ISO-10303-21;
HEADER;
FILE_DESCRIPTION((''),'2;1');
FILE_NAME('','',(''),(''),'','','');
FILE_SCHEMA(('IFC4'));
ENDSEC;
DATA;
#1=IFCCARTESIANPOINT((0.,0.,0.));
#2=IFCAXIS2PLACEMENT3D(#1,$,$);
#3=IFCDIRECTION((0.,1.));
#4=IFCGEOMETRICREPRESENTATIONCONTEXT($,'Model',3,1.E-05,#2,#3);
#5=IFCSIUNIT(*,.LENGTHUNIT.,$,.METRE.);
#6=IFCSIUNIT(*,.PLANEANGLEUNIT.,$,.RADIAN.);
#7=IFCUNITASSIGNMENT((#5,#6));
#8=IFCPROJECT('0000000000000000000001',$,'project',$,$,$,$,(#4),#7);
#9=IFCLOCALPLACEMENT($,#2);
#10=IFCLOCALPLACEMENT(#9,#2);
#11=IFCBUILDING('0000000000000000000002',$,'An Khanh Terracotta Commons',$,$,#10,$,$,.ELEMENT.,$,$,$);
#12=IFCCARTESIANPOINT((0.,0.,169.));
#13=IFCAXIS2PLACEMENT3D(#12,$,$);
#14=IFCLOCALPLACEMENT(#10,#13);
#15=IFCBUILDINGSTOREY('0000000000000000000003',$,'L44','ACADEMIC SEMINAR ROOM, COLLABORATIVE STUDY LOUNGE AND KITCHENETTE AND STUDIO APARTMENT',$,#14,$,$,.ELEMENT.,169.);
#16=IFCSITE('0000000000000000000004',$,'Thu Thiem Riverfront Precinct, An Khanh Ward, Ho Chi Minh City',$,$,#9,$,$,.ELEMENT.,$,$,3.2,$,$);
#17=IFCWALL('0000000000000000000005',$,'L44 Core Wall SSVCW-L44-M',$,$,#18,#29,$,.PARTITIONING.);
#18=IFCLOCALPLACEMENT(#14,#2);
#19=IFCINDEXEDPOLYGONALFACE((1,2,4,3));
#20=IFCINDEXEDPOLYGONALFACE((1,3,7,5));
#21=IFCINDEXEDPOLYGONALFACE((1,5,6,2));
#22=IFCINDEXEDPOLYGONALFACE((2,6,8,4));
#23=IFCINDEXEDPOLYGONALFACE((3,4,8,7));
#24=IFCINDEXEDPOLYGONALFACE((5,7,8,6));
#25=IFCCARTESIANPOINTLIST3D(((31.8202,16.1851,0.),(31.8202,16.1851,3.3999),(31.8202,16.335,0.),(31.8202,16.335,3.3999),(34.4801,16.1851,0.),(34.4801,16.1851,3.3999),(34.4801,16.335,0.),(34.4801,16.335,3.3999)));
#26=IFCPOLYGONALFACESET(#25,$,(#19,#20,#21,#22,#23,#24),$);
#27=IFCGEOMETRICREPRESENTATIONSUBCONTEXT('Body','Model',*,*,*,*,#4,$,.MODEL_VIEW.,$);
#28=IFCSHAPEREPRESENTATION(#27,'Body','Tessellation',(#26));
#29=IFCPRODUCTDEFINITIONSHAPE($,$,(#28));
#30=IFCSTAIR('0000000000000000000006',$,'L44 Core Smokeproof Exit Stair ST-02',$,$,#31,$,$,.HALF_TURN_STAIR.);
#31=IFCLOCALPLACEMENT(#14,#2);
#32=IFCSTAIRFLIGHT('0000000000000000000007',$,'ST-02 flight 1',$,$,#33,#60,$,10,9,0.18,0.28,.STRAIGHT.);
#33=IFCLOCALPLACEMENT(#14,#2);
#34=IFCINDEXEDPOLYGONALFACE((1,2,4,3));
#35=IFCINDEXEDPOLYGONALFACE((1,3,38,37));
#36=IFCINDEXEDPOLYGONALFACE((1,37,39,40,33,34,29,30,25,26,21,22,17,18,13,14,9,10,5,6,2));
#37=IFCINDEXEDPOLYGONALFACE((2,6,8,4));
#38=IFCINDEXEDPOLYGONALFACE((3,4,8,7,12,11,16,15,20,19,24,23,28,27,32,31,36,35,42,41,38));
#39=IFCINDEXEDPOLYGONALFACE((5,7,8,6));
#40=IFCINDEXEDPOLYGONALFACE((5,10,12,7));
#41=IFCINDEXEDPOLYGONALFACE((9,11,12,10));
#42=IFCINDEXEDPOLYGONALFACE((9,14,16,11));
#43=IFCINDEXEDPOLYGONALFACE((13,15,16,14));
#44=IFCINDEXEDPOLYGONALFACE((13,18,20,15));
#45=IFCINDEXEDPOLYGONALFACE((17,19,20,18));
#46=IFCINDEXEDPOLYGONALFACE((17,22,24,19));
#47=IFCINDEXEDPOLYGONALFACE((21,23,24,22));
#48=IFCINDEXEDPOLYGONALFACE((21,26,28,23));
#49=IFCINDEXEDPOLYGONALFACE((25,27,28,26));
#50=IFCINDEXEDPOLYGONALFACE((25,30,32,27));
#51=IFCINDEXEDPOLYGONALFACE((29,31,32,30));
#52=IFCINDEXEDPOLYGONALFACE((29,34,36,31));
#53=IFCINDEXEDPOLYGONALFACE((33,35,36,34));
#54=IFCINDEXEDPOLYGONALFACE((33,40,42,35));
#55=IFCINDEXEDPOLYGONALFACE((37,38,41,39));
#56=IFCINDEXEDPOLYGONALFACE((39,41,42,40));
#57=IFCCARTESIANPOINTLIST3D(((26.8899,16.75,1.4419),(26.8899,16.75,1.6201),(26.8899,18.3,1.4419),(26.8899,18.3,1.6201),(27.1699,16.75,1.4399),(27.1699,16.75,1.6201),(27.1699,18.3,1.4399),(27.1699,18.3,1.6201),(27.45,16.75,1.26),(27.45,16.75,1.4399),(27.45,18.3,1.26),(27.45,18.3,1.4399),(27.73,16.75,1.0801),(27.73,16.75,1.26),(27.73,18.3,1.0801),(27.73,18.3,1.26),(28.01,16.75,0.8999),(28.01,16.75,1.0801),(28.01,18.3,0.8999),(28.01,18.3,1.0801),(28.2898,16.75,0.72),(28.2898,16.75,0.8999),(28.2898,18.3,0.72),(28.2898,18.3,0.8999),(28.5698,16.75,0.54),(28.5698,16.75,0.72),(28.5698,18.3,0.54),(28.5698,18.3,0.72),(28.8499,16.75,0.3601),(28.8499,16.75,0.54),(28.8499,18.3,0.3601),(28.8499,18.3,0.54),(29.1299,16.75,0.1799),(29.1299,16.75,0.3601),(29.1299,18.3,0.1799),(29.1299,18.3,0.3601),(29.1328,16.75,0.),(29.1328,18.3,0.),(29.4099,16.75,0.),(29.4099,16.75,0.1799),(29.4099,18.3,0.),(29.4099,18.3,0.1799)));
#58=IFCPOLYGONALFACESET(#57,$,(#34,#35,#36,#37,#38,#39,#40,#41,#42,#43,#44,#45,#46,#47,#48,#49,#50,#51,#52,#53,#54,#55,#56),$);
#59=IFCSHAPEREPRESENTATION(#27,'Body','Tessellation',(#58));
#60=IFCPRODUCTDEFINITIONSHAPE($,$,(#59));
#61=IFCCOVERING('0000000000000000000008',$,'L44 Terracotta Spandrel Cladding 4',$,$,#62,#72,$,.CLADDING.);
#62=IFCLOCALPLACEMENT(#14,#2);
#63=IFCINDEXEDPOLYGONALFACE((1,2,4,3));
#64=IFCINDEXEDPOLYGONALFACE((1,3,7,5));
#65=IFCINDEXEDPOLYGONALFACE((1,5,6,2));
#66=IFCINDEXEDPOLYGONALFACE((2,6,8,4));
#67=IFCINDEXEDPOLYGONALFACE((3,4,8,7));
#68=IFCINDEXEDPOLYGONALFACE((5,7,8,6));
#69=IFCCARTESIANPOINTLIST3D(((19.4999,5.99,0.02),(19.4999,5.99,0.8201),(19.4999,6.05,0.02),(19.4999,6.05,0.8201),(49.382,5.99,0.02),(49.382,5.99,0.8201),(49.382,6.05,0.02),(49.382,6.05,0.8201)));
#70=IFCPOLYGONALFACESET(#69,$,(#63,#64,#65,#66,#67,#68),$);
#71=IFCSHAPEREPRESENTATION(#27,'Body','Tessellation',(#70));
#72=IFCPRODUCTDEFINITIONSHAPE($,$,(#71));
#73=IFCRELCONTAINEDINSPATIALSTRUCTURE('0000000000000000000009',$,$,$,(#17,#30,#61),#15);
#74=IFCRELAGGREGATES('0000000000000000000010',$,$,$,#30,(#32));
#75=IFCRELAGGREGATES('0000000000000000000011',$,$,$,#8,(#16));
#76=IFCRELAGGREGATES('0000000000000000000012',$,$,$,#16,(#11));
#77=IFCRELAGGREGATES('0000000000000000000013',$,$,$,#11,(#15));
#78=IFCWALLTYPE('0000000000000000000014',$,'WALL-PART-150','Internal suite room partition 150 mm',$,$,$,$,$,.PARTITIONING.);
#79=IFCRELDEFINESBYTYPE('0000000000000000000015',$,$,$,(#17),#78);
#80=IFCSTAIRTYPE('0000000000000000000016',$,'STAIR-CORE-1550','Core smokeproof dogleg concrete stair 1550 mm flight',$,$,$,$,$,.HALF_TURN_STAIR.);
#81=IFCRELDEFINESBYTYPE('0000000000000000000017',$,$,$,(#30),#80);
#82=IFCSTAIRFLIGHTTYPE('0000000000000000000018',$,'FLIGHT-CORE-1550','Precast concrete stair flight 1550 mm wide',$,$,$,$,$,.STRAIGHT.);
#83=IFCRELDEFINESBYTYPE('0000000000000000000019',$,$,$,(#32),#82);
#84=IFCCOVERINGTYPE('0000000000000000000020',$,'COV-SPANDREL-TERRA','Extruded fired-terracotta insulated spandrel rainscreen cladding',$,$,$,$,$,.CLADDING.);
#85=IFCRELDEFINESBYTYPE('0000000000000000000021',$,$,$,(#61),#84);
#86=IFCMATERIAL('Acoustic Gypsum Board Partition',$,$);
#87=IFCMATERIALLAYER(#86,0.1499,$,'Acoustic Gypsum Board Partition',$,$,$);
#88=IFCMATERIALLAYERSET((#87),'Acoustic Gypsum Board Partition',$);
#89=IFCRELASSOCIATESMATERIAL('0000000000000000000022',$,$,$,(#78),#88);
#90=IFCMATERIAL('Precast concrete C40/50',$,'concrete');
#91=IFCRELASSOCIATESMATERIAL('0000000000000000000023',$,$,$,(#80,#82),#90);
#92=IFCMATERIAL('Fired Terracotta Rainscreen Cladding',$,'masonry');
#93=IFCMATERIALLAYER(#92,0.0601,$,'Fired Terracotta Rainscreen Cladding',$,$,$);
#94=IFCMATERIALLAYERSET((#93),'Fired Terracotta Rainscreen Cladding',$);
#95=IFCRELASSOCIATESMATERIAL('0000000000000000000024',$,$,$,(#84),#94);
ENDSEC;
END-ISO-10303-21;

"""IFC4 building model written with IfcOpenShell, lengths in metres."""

from ifc_helpers import new_model, si_unit, direction, frame, frame_2d, origin, origin_2d, place, context, subcontext, project, spatial, polyline, rectangle, outline, extrude, material, layer, layer_set, type_object, element, aggregate, save


model = new_model("IFC4")

# Units and contexts
model_context = context("Model", 3, precision=1e-05, world=origin(), true_north=direction((0.0, 1.0)))
body_context = subcontext(model_context, "Body", "Model", "MODEL_VIEW")
ifc_project = project(units=[si_unit("LENGTHUNIT", "METRE"), si_unit("PLANEANGLEUNIT", "RADIAN")], contexts=[model_context])

# Site, building, storey
site_placement = place(None, origin())
site = spatial("IfcSite", under=ifc_project, at=site_placement, Name="Thu Thiem Riverfront Precinct, An Khanh Ward, Ho Chi Minh City", CompositionType="ELEMENT", RefElevation=3.2)
building_placement = place(site_placement, origin())
building = spatial("IfcBuilding", under=site, at=building_placement, Name="An Khanh Terracotta Commons", CompositionType="ELEMENT")
storey_placement = place(building_placement, frame((0.0, 0.0, 169.0)))
storey = spatial("IfcBuildingStorey", under=building, at=storey_placement, Name="L44", Description="ACADEMIC SEMINAR ROOM, COLLABORATIVE STUDY LOUNGE AND KITCHENETTE AND STUDIO APARTMENT", CompositionType="ELEMENT", Elevation=169.0)

# Wall
ifc_material_1 = material(Name="Acoustic Gypsum Board Partition")
ifc_layer_1 = layer(ifc_material_1, 0.1499, Name="Acoustic Gypsum Board Partition")
ifc_layer_set_1 = layer_set([ifc_layer_1], Name="Acoustic Gypsum Board Partition")
wall_type_1 = type_object("IfcWallType", Name="WALL-PART-150", Description="Internal suite room partition 150 mm", PredefinedType="PARTITIONING", material=ifc_layer_set_1)
wall_1_placement = place(storey_placement, frame((31.8201, 16.26, 0.0), z_axis=(0.0, 0.0, 1.0), x_axis=(1.0, 0.0, 0.0)))
element("IfcWall", 1, at=wall_1_placement, inside=storey, type_object=wall_type_1, Name="L44 Core Wall SSVCW-L44-M", PredefinedType="PARTITIONING", context=body_context, shape_type="SweptSolid", body=[
    extrude(rectangle(XDim=2.6599, YDim=0.1499, at=frame_2d((1.3301, 0.0))), origin(), (0.0, 0.0, 1.0), 3.3999),
])

# Stair, stair flight
ifc_material_2 = material(Name="Precast concrete C40/50", Category="concrete")
stair_type = type_object("IfcStairType", Name="STAIR-CORE-1550", Description="Core smokeproof dogleg concrete stair 1550 mm flight", PredefinedType="HALF_TURN_STAIR", material=ifc_material_2)
stair_placement = place(storey_placement, origin())
stair = element("IfcStair", 2, at=stair_placement, inside=storey, type_object=stair_type, Name="L44 Core Smokeproof Exit Stair ST-02", PredefinedType="HALF_TURN_STAIR")
stair_flight_type = type_object("IfcStairFlightType", Name="FLIGHT-CORE-1550", Description="Precast concrete stair flight 1550 mm wide", PredefinedType="STRAIGHT", material=ifc_material_2)
stair_flight_placement = place(storey_placement, frame((29.4099, 17.5249, 0.0), z_axis=(0.0, 0.0, 1.0), x_axis=(-1.0, 0.0, 0.0)))
stair_flight = element("IfcStairFlight", 3, at=stair_flight_placement, type_object=stair_flight_type, Name="ST-02 flight 1", NumberOfRisers=10, NumberOfTreads=9, PredefinedType="STRAIGHT", RiserHeight=0.18, TreadLength=0.28, context=body_context, shape_type="SweptSolid", body=[
    extrude(outline(polyline([(0.0, 0.0), (0.0, 0.1799), (0.28, 0.1799), (0.28, 0.3601), (0.5601, 0.3601), (0.5601, 0.54), (0.8401, 0.54), (0.8401, 0.72), (1.1201, 0.72), (1.1201, 0.8999), (1.3999, 0.8999), (1.3999, 1.0801), (1.6799, 1.0801), (1.6799, 1.26), (1.96, 1.26), (1.96, 1.4399), (2.24, 1.4399), (2.24, 1.6201), (2.52, 1.6201), (2.52, 1.8), (2.52, 1.4419), (0.2771, 0.0), (0.0, 0.0)])), frame((0.0, 0.7749, 0.0), z_axis=(0.0, -1.0, 0.0), x_axis=(1.0, 0.0, 0.0)), (0.0, 0.0, 1.0), 1.55),
])
aggregate(stair, [stair_flight])

# Covering
ifc_material_3 = material(Name="Fired Terracotta Rainscreen Cladding", Category="masonry")
ifc_layer_2 = layer(ifc_material_3, 0.0601, Name="Fired Terracotta Rainscreen Cladding")
ifc_layer_set_2 = layer_set([ifc_layer_2], Name="Fired Terracotta Rainscreen Cladding")
covering_type = type_object("IfcCoveringType", Name="COV-SPANDREL-TERRA", Description="Extruded fired-terracotta insulated spandrel rainscreen cladding", PredefinedType="CLADDING", material=ifc_layer_set_2)
covering_placement = place(storey_placement, frame((34.4409, 6.02, 0.02), z_axis=(0.0, 0.0, 1.0), x_axis=(1.0, 0.0, 0.0)))
element("IfcCovering", 4, at=covering_placement, inside=storey, type_object=covering_type, Name="L44 Terracotta Spandrel Cladding 4", PredefinedType="CLADDING", context=body_context, shape_type="SweptSolid", body=[
    extrude(rectangle(XDim=29.8821, YDim=0.0601, at=origin_2d()), origin(), (0.0, 0.0, 1.0), 0.8),
])

save(model, "model.ifc")
